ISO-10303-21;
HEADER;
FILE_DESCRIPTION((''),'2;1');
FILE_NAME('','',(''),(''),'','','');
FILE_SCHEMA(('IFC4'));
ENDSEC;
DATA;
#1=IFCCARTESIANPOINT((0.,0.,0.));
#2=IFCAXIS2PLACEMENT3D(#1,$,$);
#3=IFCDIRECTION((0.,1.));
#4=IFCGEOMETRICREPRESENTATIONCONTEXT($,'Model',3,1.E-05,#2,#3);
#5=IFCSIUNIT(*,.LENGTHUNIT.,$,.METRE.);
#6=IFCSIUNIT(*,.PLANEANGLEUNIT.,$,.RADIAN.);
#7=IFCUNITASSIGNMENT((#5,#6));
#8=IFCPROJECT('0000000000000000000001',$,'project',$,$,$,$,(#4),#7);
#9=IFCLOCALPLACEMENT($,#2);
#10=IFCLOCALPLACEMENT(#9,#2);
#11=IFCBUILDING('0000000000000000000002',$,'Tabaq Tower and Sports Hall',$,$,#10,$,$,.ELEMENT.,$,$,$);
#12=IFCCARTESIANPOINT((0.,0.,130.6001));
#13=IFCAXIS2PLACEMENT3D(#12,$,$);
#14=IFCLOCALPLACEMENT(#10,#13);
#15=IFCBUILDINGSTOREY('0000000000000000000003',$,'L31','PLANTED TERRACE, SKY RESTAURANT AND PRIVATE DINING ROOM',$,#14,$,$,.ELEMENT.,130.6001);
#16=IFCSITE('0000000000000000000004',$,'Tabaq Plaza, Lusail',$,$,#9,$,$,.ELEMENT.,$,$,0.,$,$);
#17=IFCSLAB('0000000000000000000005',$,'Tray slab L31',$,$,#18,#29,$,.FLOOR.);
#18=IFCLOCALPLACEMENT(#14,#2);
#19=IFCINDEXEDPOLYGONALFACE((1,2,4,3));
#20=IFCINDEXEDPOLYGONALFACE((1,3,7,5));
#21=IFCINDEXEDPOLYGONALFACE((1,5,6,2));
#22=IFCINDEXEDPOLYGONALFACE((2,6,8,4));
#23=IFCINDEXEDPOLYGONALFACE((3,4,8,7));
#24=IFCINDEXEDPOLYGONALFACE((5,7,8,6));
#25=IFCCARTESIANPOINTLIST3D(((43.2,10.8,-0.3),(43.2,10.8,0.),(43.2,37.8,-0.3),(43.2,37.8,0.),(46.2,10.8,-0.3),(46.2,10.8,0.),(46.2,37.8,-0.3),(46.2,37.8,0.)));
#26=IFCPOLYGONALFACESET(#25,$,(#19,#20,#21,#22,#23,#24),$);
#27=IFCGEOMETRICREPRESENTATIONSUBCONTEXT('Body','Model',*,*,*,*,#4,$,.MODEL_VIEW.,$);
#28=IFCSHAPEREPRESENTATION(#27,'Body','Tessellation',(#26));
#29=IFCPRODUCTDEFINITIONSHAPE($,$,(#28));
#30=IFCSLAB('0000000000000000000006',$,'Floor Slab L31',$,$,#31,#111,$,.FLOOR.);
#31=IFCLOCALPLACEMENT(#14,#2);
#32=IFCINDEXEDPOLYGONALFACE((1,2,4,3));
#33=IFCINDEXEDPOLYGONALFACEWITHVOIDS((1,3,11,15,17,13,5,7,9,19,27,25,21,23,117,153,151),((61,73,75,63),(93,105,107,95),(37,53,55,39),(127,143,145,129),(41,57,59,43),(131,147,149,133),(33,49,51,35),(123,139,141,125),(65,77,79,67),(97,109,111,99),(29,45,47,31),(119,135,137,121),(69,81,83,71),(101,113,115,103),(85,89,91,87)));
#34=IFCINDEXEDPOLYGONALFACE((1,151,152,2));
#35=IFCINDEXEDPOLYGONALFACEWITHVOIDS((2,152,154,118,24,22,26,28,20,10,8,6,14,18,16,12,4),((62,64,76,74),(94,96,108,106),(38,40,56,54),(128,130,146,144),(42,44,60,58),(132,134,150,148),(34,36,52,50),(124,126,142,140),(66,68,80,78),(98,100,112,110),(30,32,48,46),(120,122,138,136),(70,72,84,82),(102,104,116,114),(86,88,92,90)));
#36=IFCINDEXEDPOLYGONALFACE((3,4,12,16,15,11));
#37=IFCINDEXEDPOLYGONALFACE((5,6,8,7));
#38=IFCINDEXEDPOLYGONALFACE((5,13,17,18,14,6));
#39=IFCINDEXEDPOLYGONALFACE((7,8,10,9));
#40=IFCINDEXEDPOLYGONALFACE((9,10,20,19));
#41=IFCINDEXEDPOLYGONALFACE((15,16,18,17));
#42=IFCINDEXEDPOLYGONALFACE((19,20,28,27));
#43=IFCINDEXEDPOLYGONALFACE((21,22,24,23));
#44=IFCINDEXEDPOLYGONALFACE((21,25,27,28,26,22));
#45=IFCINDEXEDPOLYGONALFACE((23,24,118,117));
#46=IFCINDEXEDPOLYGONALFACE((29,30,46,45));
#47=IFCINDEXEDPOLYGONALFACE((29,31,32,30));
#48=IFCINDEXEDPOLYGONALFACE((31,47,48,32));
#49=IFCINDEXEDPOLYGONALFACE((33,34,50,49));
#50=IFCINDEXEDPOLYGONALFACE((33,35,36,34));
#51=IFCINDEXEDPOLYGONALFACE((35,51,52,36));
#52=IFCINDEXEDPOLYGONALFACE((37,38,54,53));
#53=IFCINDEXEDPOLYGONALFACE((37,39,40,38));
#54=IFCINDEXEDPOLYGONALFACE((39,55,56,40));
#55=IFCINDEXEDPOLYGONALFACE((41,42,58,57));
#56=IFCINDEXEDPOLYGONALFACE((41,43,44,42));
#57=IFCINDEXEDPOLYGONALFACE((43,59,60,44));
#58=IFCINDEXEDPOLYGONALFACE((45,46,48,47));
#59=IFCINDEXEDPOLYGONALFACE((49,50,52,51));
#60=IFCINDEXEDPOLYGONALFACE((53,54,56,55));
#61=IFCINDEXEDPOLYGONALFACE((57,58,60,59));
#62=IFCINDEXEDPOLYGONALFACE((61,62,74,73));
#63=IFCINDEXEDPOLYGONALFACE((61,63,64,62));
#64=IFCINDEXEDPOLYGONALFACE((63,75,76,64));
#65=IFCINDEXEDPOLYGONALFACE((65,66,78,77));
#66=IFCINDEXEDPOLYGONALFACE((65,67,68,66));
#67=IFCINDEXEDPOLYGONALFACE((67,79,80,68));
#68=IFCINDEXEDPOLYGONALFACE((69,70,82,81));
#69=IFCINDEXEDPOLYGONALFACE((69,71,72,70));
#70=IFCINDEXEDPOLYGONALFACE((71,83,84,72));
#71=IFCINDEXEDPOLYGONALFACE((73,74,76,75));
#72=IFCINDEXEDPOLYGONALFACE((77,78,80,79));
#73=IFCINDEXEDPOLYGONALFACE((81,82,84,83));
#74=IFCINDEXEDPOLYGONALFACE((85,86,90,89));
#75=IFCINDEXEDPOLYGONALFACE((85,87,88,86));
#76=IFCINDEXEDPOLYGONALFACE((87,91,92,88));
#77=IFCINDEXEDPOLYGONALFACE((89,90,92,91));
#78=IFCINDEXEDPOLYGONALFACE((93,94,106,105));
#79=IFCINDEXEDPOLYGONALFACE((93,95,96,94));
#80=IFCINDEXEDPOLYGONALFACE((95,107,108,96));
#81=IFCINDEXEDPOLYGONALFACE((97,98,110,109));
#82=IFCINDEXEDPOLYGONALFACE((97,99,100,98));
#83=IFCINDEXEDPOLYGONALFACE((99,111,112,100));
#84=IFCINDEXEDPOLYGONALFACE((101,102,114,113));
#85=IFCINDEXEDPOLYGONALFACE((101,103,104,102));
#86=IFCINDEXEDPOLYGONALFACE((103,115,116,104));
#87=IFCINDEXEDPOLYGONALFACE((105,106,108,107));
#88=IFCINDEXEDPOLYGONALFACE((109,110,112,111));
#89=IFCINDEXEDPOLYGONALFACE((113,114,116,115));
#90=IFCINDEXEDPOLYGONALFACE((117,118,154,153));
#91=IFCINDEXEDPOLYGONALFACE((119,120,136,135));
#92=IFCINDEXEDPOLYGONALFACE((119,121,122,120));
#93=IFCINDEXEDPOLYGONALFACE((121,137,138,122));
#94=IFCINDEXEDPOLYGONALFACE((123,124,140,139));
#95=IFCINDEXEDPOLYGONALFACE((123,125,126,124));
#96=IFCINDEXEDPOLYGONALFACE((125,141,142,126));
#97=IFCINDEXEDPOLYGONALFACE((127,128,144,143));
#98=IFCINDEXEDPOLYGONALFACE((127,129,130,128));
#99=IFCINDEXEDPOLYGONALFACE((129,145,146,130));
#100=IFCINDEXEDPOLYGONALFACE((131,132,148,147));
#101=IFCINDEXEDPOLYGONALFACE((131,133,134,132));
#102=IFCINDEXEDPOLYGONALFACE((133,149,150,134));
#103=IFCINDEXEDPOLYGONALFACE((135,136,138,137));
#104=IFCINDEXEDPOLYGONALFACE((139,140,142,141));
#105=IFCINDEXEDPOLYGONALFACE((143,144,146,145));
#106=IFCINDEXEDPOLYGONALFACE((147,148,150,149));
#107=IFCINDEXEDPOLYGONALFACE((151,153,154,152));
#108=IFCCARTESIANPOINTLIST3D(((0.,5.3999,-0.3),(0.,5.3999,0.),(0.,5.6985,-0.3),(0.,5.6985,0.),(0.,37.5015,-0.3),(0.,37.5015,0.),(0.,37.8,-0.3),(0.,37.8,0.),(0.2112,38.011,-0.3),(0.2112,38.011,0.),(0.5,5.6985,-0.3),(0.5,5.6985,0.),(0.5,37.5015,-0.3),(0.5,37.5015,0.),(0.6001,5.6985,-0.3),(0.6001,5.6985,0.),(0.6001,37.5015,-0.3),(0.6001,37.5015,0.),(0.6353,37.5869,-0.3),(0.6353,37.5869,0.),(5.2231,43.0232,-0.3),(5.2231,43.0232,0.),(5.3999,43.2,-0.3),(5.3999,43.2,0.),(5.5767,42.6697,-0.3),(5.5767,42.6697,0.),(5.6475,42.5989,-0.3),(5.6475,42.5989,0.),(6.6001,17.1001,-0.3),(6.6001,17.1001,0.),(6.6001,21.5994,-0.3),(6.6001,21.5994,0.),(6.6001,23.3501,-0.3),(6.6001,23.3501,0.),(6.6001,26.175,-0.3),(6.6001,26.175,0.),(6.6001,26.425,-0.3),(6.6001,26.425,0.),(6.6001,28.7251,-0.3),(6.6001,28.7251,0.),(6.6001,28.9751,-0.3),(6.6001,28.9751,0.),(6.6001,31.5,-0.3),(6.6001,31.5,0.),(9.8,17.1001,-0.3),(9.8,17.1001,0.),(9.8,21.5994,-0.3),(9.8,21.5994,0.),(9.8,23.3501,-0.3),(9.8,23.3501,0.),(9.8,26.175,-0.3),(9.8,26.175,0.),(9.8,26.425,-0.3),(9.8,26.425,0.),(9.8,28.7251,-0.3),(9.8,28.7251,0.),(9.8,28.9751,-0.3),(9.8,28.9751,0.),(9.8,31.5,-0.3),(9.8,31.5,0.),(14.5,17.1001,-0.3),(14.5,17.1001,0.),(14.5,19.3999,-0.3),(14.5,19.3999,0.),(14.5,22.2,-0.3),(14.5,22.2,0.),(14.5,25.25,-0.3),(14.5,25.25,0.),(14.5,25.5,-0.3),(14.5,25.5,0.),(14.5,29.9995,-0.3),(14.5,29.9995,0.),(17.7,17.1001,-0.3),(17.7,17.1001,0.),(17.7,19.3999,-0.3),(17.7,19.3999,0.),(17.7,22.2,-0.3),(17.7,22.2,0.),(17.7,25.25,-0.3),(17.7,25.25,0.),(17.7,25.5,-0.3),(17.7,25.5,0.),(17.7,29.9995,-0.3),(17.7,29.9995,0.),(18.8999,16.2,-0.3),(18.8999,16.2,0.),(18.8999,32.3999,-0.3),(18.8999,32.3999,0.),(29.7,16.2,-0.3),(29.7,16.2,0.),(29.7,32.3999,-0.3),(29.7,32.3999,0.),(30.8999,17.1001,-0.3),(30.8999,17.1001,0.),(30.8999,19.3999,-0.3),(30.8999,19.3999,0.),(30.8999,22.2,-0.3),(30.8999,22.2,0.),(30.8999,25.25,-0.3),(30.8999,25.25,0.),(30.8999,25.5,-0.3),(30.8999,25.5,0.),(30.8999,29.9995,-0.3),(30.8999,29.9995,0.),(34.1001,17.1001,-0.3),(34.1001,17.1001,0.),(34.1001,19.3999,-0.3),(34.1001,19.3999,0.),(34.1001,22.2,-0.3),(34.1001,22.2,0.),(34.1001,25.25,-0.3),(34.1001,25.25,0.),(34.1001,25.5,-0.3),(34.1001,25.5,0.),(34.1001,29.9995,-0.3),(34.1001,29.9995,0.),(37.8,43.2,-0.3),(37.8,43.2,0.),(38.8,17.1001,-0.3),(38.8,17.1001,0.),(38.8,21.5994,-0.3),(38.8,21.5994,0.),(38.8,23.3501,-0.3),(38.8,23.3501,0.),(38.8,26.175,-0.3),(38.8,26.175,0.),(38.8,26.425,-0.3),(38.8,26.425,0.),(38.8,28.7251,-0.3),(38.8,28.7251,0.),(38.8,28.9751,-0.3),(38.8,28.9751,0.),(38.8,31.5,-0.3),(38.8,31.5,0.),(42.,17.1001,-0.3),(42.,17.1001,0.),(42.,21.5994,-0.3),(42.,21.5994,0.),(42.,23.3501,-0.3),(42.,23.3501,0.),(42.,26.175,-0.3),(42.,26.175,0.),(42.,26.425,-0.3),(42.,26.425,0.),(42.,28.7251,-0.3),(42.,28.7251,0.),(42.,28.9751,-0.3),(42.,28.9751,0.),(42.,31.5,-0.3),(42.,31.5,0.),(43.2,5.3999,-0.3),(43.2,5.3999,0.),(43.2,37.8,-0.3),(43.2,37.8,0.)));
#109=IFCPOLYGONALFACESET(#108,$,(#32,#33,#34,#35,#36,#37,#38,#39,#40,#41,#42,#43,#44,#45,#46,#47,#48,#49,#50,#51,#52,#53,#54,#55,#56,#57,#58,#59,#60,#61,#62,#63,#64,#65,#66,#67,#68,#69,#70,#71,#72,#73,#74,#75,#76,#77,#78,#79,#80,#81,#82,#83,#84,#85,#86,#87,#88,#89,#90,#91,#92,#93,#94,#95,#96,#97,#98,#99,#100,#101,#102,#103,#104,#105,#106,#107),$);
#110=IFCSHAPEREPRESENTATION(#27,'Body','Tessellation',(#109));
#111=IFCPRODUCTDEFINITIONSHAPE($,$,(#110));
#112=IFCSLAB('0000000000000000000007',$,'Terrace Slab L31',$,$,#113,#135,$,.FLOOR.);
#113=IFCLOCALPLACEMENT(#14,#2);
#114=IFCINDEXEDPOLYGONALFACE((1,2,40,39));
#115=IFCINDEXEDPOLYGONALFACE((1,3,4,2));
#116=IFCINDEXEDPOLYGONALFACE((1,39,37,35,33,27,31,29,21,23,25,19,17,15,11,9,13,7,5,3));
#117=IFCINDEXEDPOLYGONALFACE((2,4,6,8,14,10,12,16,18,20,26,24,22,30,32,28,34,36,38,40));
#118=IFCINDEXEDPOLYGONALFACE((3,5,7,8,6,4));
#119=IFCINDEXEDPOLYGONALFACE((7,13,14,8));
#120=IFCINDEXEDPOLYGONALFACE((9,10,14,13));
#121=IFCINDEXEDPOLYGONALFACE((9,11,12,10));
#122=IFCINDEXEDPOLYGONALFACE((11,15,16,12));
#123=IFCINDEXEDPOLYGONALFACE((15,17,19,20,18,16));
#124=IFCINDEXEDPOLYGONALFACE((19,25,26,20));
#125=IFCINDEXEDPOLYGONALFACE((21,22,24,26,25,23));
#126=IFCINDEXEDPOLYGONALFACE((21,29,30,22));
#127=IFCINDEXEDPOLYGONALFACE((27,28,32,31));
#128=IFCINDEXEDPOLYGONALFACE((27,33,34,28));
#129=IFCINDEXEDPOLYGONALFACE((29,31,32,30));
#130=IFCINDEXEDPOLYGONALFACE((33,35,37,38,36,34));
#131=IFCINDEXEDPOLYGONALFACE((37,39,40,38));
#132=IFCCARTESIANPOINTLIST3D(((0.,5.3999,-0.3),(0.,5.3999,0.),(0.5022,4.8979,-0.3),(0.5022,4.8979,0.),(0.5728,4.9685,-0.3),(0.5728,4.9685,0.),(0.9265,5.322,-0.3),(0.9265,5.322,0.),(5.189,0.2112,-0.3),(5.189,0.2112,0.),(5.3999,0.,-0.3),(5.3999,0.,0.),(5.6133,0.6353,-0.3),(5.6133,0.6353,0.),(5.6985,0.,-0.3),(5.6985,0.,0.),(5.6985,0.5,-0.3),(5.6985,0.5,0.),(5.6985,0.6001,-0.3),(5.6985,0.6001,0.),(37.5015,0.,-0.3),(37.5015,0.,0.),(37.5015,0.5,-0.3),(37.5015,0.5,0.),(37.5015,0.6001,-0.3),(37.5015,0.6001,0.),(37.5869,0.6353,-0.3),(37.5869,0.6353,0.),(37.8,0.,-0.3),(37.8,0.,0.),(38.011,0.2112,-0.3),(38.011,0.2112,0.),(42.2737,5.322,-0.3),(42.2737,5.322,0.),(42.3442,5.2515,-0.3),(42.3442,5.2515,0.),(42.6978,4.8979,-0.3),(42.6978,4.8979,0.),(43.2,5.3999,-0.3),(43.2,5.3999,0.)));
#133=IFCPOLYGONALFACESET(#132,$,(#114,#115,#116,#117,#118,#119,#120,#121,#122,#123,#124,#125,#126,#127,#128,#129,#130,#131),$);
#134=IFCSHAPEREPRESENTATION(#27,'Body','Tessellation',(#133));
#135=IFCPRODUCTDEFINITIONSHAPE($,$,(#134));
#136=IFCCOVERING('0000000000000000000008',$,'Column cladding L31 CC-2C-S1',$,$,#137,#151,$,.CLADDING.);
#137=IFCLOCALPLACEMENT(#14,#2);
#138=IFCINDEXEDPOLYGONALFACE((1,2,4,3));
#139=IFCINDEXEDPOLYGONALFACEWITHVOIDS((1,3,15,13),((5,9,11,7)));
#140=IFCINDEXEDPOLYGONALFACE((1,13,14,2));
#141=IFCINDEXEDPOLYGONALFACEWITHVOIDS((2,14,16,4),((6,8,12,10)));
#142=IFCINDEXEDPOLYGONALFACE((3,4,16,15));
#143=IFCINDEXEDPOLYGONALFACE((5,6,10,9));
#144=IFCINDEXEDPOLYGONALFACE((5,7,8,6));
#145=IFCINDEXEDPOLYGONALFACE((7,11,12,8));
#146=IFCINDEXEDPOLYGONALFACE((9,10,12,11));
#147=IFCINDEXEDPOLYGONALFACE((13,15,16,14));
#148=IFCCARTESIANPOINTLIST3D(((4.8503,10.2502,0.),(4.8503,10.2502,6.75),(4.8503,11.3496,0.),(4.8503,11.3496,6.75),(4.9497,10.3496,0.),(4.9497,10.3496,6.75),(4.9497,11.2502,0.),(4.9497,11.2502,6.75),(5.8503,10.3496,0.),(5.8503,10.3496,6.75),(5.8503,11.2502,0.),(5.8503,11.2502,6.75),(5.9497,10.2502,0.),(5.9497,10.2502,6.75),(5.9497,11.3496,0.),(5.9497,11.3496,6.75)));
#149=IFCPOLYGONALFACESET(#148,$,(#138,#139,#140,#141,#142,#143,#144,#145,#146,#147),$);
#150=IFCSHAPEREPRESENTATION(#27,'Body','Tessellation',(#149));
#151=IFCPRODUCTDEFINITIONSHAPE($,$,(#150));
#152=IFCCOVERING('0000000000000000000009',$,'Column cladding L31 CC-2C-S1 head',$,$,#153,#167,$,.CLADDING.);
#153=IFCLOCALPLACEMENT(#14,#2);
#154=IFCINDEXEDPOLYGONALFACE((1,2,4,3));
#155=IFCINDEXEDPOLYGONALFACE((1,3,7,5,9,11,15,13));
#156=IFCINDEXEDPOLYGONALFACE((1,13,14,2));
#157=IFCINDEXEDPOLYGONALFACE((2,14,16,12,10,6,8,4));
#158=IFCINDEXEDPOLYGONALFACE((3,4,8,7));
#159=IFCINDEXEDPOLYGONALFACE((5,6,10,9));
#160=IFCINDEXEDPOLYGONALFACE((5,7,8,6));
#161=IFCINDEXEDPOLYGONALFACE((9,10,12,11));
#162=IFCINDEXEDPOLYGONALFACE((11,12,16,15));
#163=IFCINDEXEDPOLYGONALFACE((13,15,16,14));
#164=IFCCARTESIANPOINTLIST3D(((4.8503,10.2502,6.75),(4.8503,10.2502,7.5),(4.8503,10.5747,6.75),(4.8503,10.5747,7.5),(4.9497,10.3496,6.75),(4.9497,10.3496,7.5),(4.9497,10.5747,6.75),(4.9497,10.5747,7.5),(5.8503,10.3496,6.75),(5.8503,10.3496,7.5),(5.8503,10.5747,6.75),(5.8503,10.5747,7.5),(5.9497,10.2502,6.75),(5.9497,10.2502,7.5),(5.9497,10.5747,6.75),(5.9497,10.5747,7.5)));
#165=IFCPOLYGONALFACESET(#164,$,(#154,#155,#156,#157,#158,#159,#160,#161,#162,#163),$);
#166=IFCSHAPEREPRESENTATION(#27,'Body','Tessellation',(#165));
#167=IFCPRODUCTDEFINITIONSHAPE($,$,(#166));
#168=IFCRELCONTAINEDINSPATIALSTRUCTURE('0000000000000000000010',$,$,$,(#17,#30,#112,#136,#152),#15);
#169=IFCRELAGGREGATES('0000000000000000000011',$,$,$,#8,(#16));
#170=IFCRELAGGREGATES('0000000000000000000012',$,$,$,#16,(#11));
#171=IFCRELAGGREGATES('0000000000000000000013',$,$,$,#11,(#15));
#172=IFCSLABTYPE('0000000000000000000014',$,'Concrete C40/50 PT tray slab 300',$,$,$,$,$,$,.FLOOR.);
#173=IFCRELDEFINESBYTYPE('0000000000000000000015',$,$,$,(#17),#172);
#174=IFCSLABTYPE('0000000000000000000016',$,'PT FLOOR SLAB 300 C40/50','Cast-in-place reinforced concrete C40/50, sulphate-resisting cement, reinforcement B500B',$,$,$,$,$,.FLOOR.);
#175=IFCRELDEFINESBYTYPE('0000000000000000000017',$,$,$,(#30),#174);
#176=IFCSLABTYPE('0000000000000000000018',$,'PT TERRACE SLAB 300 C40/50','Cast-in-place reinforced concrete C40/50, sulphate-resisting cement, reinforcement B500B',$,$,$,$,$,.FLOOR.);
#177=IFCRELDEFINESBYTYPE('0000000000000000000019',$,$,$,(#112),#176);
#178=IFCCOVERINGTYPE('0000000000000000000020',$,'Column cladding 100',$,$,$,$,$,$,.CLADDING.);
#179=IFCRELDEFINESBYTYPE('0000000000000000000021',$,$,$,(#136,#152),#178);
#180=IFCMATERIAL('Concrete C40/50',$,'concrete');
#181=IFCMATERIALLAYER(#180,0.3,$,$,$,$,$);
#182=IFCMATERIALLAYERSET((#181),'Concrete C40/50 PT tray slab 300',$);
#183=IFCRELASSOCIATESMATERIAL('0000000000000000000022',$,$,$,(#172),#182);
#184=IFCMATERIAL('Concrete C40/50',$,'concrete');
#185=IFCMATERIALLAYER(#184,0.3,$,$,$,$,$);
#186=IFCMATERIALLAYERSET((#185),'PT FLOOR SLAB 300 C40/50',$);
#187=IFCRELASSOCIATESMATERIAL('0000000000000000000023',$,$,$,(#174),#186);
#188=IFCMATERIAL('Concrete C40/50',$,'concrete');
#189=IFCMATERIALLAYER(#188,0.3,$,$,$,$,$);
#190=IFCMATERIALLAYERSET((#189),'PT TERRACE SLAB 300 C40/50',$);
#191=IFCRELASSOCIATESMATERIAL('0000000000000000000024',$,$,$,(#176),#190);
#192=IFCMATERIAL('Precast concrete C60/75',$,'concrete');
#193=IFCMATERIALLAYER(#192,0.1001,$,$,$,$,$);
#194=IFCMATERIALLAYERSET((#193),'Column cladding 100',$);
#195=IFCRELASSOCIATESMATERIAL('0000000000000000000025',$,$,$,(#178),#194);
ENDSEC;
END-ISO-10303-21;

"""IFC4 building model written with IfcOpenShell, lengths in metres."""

from ifc_helpers import new_model, si_unit, direction, frame, origin, place, context, subcontext, project, spatial, polyline, outline, extrude, material, layer, layer_set, type_object, element, save


model = new_model("IFC4")

# Units and contexts
model_context = context("Model", 3, precision=1e-05, world=origin(), true_north=direction((0.0, 1.0)))
body_context = subcontext(model_context, "Body", "Model", "MODEL_VIEW")
ifc_project = project(units=[si_unit("LENGTHUNIT", "METRE"), si_unit("PLANEANGLEUNIT", "RADIAN")], contexts=[model_context])

# Site, building, storey
site_placement = place(None, origin())
site = spatial("IfcSite", under=ifc_project, at=site_placement, Name="Tabaq Plaza, Lusail", CompositionType="ELEMENT", RefElevation=0.0)
building_placement = place(site_placement, origin())
building = spatial("IfcBuilding", under=site, at=building_placement, Name="Tabaq Tower and Sports Hall", CompositionType="ELEMENT")
storey_placement = place(building_placement, frame((0.0, 0.0, 130.6001)))
storey = spatial("IfcBuildingStorey", under=building, at=storey_placement, Name="L31", Description="PLANTED TERRACE, SKY RESTAURANT AND PRIVATE DINING ROOM", CompositionType="ELEMENT", Elevation=130.6001)

# Slabs
ifc_material_1 = material(Name="Concrete C40/50", Category="concrete")
ifc_layer_1 = layer(ifc_material_1, 0.3)
ifc_layer_set_1 = layer_set([ifc_layer_1], Name="Concrete C40/50 PT tray slab 300")
slab_type_1 = type_object("IfcSlabType", Name="Concrete C40/50 PT tray slab 300", PredefinedType="FLOOR", material=ifc_layer_set_1)
slab_1_placement = place(storey_placement, frame((0.0, 0.0, -0.3)))
element("IfcSlab", 1, at=slab_1_placement, inside=storey, type_object=slab_type_1, Name="Tray slab L31", PredefinedType="FLOOR", context=body_context, shape_type="SweptSolid", body=[
    extrude(outline(polyline([(43.2, 10.8), (43.2, 37.8), (46.2, 37.8), (46.2, 10.8), (43.2, 10.8)])), origin(), (0.0, 0.0, 1.0), 0.3),
])
ifc_material_2 = material(Name="Concrete C40/50", Category="concrete")
ifc_layer_2 = layer(ifc_material_2, 0.3)
ifc_layer_set_2 = layer_set([ifc_layer_2], Name="PT FLOOR SLAB 300 C40/50")
slab_type_2 = type_object("IfcSlabType", Name="PT FLOOR SLAB 300 C40/50", Description="Cast-in-place reinforced concrete C40/50, sulphate-resisting cement, reinforcement B500B", PredefinedType="FLOOR", material=ifc_layer_set_2)
slab_2_placement = place(storey_placement, frame((0.0, 0.0, -0.3)))
element("IfcSlab", 2, at=slab_2_placement, inside=storey, type_object=slab_type_2, Name="Floor Slab L31", PredefinedType="FLOOR", context=body_context, shape_type="SweptSolid", body=[
    extrude(outline(polyline([(37.8, 43.2), (5.3999, 43.2), (5.2231, 43.0232), (5.5767, 42.6697), (5.6475, 42.5989), (0.6353, 37.5869), (0.2112, 38.011), (0.0, 37.8), (0.0, 37.5015), (0.5, 37.5015), (0.6001, 37.5015), (0.6001, 5.6985), (0.5, 5.6985), (0.0, 5.6985), (0.0, 5.3999), (43.2, 5.3999), (43.2, 37.8), (37.8, 43.2)]), holes=[polyline([(14.5, 19.3999), (17.7, 19.3999), (17.7, 17.1001), (14.5, 17.1001), (14.5, 19.3999)]), polyline([(9.8, 21.5994), (9.8, 17.1001), (6.6001, 17.1001), (6.6001, 21.5994), (9.8, 21.5994)]), polyline([(17.7, 25.25), (17.7, 22.2), (14.5, 22.2), (14.5, 25.25), (17.7, 25.25)]), polyline([(18.8999, 32.3999), (29.7, 32.3999), (29.7, 16.2), (18.8999, 16.2), (18.8999, 32.3999)]), polyline([(9.8, 26.175), (9.8, 23.3501), (6.6001, 23.3501), (6.6001, 26.175), (9.8, 26.175)]), polyline([(9.8, 28.7251), (9.8, 26.425), (6.6001, 26.425), (6.6001, 28.7251), (9.8, 28.7251)]), polyline([(17.7, 29.9995), (17.7, 25.5), (14.5, 25.5), (14.5, 29.9995), (17.7, 29.9995)]), polyline([(9.8, 31.5), (9.8, 28.9751), (6.6001, 28.9751), (6.6001, 31.5), (9.8, 31.5)]), polyline([(34.1001, 19.3999), (34.1001, 17.1001), (30.8999, 17.1001), (30.8999, 19.3999), (34.1001, 19.3999)]), polyline([(42.0, 21.5994), (42.0, 17.1001), (38.8, 17.1001), (38.8, 21.5994), (42.0, 21.5994)]), polyline([(34.1001, 25.25), (34.1001, 22.2), (30.8999, 22.2), (30.8999, 25.25), (34.1001, 25.25)]), polyline([(42.0, 26.175), (42.0, 23.3501), (38.8, 23.3501), (38.8, 26.175), (42.0, 26.175)]), polyline([(42.0, 28.7251), (42.0, 26.425), (38.8, 26.425), (38.8, 28.7251), (42.0, 28.7251)]), polyline([(34.1001, 29.9995), (34.1001, 25.5), (30.8999, 25.5), (30.8999, 29.9995), (34.1001, 29.9995)]), polyline([(42.0, 31.5), (42.0, 28.9751), (38.8, 28.9751), (38.8, 31.5), (42.0, 31.5)])]), origin(), (0.0, 0.0, 1.0), 0.3),
])
ifc_material_3 = material(Name="Concrete C40/50", Category="concrete")
ifc_layer_3 = layer(ifc_material_3, 0.3)
ifc_layer_set_3 = layer_set([ifc_layer_3], Name="PT TERRACE SLAB 300 C40/50")
slab_type_3 = type_object("IfcSlabType", Name="PT TERRACE SLAB 300 C40/50", Description="Cast-in-place reinforced concrete C40/50, sulphate-resisting cement, reinforcement B500B", PredefinedType="FLOOR", material=ifc_layer_set_3)
slab_3_placement = place(storey_placement, frame((0.0, 0.0, -0.3)))
element("IfcSlab", 3, at=slab_3_placement, inside=storey, type_object=slab_type_3, Name="Terrace Slab L31", PredefinedType="FLOOR", context=body_context, shape_type="SweptSolid", body=[
    extrude(outline(polyline([(5.189, 0.2112), (5.3999, 0.0), (5.6985, 0.0), (5.6985, 0.5), (5.6985, 0.6001), (37.5015, 0.6001), (37.5015, 0.5), (37.5015, 0.0), (37.8, 0.0), (38.011, 0.2112), (37.5869, 0.6353), (42.2737, 5.322), (42.3442, 5.2515), (42.6978, 4.8979), (43.2, 5.3999), (0.0, 5.3999), (0.5022, 4.8979), (0.5728, 4.9685), (0.9265, 5.322), (5.6133, 0.6353), (5.189, 0.2112)])), origin(), (0.0, 0.0, 1.0), 0.3),
])

# Coverings
ifc_material_4 = material(Name="Precast concrete C60/75", Category="concrete")
ifc_layer_4 = layer(ifc_material_4, 0.1001)
ifc_layer_set_4 = layer_set([ifc_layer_4], Name="Column cladding 100")
covering_type = type_object("IfcCoveringType", Name="Column cladding 100", PredefinedType="CLADDING", material=ifc_layer_set_4)
covering_1_placement = place(storey_placement, origin())
element("IfcCovering", 4, at=covering_1_placement, inside=storey, type_object=covering_type, Name="Column cladding L31 CC-2C-S1", PredefinedType="CLADDING", context=body_context, shape_type="SweptSolid", body=[
    extrude(outline(polyline([(4.8503, 11.3496), (5.9497, 11.3496), (5.9497, 10.2502), (4.8503, 10.2502), (4.8503, 11.3496)]), holes=[polyline([(5.8503, 10.3496), (5.8503, 11.2502), (4.9497, 11.2502), (4.9497, 10.3496), (5.8503, 10.3496)])]), origin(), (0.0, 0.0, 1.0), 6.75),
])
covering_2_placement = place(storey_placement, frame((0.0, 0.0, 6.75)))
element("IfcCovering", 5, at=covering_2_placement, inside=storey, type_object=covering_type, Name="Column cladding L31 CC-2C-S1 head", PredefinedType="CLADDING", context=body_context, shape_type="SweptSolid", body=[
    extrude(outline(polyline([(5.9497, 10.2502), (4.8503, 10.2502), (4.8503, 10.5747), (4.9497, 10.5747), (4.9497, 10.3496), (5.8503, 10.3496), (5.8503, 10.5747), (5.9497, 10.5747), (5.9497, 10.2502)])), origin(), (0.0, 0.0, 1.0), 0.75),
])

save(model, "model.ifc")
